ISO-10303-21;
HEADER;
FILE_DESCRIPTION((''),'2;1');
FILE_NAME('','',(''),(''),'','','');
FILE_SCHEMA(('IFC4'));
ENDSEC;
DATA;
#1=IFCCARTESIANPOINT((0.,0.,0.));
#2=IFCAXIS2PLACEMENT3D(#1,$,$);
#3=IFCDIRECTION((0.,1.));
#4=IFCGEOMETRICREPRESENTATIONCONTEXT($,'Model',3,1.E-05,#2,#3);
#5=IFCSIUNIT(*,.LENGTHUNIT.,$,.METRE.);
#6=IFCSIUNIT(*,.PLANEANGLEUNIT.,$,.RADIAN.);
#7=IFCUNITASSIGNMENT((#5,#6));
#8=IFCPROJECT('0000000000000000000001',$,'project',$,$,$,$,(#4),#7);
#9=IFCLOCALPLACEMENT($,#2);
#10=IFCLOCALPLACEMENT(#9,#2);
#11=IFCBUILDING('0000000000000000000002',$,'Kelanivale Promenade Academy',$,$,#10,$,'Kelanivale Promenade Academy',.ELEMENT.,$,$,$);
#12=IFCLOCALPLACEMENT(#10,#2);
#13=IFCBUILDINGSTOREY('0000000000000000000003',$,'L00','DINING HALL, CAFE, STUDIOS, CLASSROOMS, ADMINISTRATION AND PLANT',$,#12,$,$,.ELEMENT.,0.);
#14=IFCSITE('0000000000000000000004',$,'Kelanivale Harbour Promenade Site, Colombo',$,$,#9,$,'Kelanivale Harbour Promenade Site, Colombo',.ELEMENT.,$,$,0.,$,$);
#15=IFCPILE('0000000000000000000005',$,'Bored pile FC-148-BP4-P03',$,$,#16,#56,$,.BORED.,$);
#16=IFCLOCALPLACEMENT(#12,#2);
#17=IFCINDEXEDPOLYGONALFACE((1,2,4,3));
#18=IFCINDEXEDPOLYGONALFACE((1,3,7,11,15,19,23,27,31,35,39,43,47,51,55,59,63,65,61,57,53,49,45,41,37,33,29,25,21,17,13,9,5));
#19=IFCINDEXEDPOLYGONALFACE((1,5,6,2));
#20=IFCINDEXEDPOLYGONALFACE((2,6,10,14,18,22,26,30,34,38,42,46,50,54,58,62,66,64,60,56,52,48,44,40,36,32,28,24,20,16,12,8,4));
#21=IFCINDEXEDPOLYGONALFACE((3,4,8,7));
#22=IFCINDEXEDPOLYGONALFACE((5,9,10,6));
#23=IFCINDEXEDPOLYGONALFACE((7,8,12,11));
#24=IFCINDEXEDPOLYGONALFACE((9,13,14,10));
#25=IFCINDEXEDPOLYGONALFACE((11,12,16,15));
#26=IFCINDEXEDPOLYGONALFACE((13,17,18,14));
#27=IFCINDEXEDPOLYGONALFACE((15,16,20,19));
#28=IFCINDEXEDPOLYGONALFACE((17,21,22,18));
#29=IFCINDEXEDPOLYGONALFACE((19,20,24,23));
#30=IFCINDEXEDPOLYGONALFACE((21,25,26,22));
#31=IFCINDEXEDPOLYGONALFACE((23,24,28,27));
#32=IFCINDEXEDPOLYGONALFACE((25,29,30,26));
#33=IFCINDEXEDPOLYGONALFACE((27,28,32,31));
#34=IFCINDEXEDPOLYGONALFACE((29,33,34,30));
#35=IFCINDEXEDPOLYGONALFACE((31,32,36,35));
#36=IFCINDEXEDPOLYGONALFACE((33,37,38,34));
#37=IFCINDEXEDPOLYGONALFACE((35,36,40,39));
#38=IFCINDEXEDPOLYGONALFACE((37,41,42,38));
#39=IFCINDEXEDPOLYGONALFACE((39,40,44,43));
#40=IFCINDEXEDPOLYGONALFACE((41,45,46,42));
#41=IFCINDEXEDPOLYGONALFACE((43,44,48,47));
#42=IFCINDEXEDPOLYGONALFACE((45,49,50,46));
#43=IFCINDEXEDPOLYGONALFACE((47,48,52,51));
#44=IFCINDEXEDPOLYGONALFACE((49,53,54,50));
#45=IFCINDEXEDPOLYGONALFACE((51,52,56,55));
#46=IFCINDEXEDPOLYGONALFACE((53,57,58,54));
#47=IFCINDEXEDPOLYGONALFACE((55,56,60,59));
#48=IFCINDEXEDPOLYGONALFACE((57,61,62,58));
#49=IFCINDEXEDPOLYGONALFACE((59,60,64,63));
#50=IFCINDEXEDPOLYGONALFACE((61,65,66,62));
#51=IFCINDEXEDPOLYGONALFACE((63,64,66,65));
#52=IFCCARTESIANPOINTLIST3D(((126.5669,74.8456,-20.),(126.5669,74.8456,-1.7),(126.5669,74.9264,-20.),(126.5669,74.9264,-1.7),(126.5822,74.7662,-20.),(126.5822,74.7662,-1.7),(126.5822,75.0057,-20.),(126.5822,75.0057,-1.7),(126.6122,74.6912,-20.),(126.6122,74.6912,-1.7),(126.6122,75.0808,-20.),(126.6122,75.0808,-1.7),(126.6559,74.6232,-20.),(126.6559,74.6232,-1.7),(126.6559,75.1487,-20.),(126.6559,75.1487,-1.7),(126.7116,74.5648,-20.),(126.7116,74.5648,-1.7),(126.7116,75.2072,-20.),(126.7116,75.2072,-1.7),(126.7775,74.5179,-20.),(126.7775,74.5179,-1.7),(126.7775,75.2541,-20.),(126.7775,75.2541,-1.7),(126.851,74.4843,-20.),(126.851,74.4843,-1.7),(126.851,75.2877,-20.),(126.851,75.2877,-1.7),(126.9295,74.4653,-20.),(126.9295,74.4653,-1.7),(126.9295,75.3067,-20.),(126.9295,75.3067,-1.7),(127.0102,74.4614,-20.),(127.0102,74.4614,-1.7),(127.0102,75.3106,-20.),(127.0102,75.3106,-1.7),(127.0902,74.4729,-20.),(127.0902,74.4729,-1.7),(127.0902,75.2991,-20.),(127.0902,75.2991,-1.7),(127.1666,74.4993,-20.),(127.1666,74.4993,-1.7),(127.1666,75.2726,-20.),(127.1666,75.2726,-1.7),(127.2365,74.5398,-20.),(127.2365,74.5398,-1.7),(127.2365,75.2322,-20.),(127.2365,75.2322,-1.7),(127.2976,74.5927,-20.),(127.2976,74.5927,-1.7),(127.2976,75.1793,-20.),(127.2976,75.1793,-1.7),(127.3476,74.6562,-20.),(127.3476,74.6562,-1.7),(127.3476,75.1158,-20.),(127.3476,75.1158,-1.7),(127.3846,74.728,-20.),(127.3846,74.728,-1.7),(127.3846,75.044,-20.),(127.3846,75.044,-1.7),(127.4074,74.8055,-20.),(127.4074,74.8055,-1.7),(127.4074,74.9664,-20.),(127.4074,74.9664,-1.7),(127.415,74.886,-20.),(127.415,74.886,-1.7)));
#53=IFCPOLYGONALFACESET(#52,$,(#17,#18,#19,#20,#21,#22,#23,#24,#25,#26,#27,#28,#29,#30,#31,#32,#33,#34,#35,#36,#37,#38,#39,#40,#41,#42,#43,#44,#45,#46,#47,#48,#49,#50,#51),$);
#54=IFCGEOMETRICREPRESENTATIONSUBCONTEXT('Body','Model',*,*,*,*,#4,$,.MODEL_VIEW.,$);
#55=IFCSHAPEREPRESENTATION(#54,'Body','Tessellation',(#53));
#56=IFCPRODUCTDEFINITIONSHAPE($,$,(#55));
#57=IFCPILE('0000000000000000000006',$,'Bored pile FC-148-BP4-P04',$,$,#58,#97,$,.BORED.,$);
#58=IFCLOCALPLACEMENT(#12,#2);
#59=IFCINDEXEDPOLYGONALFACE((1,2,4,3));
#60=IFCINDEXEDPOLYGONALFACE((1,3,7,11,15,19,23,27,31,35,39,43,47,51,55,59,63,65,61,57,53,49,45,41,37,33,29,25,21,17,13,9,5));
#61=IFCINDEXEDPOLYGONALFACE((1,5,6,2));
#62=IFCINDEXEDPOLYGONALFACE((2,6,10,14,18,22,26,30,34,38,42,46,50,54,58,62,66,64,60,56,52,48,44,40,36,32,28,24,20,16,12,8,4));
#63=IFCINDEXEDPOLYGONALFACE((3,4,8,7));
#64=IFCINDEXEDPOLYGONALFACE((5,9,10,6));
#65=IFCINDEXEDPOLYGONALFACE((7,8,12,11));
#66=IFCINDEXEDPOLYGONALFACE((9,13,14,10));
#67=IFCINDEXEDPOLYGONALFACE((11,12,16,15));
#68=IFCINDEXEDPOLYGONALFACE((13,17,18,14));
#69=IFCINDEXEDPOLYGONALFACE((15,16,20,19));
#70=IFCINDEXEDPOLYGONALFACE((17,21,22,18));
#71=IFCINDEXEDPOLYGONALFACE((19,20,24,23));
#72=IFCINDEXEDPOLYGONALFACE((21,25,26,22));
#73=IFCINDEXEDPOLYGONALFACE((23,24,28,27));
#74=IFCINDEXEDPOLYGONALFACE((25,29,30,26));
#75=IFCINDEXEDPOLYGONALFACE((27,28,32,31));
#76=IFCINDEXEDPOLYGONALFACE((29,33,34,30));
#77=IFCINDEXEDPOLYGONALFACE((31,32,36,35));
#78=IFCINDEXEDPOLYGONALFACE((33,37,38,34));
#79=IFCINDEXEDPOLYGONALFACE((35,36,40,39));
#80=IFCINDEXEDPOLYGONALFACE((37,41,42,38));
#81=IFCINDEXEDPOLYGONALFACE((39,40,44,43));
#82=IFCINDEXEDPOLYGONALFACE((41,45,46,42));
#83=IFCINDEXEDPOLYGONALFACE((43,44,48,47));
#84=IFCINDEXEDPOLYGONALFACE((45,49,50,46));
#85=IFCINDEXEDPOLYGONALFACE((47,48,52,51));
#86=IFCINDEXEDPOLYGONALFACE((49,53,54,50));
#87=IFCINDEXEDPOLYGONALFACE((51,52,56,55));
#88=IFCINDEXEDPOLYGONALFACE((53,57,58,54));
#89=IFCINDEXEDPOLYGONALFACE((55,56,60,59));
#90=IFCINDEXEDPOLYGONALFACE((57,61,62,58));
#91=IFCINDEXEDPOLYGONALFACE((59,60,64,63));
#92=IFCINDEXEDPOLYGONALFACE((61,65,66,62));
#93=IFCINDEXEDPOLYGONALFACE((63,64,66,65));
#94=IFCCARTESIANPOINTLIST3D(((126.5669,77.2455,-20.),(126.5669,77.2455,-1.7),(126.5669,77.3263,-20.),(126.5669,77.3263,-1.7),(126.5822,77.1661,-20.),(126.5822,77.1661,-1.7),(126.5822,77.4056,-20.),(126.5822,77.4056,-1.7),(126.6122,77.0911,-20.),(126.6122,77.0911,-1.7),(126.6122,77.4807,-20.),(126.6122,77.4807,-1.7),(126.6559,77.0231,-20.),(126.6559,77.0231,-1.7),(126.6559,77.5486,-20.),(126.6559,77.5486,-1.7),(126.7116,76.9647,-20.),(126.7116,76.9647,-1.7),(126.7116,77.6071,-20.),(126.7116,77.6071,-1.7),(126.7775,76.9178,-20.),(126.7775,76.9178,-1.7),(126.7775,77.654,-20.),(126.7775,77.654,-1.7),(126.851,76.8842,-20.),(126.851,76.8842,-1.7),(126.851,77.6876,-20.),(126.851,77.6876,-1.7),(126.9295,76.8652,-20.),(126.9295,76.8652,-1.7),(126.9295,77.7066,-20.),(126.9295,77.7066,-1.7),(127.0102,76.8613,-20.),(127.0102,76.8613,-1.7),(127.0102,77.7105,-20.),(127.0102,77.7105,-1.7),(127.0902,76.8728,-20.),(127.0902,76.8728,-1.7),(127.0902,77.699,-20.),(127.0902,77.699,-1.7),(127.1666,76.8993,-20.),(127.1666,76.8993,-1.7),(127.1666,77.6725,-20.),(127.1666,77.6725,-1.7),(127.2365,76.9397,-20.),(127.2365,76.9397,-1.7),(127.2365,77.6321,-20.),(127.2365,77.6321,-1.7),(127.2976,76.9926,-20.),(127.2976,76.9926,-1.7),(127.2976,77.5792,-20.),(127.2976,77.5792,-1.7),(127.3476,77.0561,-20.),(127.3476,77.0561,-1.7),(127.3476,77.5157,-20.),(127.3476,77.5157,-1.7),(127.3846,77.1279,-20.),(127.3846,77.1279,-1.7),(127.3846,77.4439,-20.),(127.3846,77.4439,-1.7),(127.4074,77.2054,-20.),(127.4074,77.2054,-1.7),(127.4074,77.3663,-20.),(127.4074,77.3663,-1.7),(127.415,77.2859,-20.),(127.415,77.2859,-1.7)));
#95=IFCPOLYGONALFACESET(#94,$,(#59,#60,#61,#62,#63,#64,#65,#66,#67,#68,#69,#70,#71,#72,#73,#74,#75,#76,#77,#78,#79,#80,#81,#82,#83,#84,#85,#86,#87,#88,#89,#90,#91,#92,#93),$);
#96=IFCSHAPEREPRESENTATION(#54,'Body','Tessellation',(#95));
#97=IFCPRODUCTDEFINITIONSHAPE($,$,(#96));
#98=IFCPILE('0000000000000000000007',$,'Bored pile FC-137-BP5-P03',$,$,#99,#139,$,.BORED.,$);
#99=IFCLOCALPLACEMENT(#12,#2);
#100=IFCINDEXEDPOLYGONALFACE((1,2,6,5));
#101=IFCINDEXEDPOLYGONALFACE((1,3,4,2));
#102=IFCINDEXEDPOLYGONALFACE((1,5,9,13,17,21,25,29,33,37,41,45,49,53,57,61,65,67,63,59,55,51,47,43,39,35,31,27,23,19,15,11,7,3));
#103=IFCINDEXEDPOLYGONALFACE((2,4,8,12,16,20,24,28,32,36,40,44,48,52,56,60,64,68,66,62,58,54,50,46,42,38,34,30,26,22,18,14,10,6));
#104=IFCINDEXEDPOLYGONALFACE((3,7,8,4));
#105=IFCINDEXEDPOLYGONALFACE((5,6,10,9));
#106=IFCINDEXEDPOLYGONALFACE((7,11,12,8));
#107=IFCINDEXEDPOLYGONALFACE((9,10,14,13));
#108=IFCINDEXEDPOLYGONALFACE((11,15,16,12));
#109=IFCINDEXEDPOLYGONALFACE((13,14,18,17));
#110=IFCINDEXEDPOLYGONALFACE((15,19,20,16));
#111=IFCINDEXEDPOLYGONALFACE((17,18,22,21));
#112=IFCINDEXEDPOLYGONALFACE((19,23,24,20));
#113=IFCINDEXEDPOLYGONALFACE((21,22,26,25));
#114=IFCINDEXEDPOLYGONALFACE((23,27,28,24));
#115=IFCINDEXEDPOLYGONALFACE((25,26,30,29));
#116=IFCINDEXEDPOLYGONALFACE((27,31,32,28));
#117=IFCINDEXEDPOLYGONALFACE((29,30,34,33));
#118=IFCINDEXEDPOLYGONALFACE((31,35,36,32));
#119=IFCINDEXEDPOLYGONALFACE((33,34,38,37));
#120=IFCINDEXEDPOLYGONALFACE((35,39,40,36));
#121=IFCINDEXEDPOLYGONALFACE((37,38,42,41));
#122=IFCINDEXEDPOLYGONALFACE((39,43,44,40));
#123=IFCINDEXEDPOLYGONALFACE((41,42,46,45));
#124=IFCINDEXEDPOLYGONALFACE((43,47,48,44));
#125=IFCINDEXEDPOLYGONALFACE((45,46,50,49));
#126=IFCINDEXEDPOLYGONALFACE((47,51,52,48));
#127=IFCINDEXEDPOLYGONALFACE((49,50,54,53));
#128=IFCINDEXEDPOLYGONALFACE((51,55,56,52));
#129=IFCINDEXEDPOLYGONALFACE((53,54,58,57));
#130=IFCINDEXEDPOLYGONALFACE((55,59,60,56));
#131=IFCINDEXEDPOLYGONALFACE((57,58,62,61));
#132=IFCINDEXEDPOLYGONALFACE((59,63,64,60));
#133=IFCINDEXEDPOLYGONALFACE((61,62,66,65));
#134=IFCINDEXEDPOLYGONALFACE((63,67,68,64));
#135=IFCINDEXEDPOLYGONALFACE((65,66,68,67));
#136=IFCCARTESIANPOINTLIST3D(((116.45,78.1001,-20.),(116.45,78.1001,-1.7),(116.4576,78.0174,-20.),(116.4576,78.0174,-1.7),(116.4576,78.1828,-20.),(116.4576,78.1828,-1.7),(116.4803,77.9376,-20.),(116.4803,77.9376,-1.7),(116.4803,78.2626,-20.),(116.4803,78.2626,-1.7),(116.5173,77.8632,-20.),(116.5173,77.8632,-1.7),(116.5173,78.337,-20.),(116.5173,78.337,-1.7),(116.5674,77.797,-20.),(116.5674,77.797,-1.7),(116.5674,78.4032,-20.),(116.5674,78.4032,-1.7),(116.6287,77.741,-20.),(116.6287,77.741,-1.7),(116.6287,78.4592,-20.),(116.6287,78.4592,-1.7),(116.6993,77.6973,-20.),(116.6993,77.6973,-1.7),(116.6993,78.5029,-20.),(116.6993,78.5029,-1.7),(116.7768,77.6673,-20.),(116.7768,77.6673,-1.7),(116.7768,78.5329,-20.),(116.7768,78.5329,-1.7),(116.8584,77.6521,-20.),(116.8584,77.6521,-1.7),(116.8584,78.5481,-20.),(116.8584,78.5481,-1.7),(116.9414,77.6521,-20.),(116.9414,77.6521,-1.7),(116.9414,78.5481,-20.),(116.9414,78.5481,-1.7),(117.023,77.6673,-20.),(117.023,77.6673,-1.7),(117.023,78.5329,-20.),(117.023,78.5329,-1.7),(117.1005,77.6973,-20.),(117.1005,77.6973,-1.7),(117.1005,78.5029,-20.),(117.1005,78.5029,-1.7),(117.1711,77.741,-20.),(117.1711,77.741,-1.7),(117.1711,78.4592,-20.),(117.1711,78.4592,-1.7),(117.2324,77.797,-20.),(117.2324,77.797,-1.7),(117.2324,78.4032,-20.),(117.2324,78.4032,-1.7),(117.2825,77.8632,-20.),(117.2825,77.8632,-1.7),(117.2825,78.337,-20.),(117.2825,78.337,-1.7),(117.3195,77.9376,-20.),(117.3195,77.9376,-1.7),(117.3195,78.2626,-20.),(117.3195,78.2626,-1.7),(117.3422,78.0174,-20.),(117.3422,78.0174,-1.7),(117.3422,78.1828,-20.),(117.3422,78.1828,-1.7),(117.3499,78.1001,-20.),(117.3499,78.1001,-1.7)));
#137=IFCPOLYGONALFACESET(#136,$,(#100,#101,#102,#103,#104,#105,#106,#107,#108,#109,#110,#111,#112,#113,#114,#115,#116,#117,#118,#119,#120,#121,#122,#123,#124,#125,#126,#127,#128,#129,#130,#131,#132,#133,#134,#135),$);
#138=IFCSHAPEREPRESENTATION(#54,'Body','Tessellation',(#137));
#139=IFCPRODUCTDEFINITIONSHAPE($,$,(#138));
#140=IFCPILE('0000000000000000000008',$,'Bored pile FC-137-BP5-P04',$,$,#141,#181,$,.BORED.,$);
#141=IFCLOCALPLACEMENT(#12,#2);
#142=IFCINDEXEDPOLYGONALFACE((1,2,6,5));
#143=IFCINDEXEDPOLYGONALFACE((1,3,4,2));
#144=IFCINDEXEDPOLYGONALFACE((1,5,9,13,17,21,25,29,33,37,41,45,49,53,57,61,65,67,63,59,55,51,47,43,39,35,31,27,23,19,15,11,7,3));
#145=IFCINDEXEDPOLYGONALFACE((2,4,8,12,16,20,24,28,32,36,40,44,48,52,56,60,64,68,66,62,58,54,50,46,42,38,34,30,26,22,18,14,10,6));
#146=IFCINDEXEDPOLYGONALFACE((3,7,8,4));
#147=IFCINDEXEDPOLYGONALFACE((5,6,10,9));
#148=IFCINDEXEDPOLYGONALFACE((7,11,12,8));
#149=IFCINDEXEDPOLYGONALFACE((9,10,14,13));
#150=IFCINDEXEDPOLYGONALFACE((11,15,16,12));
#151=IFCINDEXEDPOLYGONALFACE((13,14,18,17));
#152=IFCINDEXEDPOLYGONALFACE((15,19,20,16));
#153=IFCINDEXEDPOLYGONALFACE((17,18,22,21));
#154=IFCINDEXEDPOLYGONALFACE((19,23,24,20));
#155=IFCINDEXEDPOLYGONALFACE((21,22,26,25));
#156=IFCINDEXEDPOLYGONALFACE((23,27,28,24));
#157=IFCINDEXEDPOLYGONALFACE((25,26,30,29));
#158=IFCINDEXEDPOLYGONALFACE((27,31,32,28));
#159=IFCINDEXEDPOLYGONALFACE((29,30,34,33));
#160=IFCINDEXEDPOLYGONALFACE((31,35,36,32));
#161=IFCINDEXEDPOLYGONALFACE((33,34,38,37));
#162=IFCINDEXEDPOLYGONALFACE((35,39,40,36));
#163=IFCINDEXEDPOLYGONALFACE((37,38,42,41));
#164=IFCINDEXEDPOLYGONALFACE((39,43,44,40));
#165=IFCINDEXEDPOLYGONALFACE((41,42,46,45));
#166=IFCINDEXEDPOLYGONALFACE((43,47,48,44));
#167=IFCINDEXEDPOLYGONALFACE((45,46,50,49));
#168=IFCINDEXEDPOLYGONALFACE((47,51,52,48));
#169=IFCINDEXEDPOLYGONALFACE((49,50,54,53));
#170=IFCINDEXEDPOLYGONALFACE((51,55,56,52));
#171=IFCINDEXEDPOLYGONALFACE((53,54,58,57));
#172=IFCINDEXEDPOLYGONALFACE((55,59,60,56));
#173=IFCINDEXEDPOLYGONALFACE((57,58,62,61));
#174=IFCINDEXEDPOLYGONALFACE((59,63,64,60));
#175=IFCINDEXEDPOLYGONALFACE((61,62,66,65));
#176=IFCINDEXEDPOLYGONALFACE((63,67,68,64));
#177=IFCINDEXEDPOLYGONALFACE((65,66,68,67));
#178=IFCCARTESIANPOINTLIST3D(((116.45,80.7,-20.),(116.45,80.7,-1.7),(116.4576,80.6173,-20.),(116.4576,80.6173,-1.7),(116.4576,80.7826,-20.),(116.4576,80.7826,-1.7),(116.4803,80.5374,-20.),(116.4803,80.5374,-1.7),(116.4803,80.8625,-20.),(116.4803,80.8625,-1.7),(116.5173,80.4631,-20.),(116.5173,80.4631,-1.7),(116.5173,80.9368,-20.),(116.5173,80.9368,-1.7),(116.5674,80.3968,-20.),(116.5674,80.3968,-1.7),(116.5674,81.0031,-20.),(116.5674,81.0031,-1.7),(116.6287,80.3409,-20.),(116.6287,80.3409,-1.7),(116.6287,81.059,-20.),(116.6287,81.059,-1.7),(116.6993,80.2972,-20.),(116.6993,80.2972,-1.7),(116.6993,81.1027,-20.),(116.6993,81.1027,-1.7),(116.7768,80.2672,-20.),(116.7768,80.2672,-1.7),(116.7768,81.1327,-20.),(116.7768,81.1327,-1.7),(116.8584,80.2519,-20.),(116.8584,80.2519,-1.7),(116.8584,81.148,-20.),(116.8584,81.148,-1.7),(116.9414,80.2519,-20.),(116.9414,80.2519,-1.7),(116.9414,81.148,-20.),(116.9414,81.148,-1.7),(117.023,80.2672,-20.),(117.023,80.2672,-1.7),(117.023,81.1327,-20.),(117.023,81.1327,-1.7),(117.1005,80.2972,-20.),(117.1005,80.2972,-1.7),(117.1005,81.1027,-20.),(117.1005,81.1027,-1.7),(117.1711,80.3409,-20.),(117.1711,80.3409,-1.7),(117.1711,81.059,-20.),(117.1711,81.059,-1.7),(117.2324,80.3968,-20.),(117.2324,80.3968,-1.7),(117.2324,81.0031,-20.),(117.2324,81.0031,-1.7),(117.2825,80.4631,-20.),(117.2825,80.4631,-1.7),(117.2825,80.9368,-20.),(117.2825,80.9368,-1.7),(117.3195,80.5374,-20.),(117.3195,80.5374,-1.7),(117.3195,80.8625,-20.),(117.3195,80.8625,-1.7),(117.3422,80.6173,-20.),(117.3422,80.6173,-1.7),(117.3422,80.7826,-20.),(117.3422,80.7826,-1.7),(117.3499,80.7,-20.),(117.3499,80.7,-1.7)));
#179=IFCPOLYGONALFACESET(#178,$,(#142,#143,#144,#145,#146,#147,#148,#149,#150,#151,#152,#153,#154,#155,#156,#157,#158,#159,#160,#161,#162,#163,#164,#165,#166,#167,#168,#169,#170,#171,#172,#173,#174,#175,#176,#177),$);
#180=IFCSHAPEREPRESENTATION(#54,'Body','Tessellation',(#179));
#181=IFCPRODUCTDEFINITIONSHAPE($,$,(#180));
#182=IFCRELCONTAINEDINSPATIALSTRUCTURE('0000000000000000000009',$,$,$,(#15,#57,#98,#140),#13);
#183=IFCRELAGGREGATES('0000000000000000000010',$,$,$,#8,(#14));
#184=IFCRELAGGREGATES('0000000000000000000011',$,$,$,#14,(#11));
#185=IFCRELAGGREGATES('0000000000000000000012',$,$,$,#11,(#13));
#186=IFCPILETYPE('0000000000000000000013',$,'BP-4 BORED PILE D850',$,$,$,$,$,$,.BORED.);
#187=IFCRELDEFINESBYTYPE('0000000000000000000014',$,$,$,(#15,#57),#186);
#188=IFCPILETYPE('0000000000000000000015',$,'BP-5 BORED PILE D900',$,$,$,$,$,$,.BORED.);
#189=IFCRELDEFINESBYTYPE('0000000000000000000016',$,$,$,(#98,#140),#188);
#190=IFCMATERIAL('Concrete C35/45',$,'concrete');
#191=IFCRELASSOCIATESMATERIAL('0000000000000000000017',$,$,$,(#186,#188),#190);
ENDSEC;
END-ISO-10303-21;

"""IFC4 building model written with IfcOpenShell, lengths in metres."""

from ifc_helpers import new_model, si_unit, direction, frame, origin, origin_2d, place, context, subcontext, project, spatial, circle, extrude, material, material_profile, profile_set, type_object, element, save


model = new_model("IFC4")

# Units and contexts
model_context = context("Model", 3, precision=1e-05, world=origin(), true_north=direction((0.0, 1.0)))
body_context = subcontext(model_context, "Body", "Model", "MODEL_VIEW")
ifc_project = project(units=[si_unit("LENGTHUNIT", "METRE"), si_unit("PLANEANGLEUNIT", "RADIAN")], contexts=[model_context])

# Site, building, storey
site_placement = place(None, origin())
site = spatial("IfcSite", under=ifc_project, at=site_placement, Name="Kelanivale Harbour Promenade Site, Colombo", LongName="Kelanivale Harbour Promenade Site, Colombo", CompositionType="ELEMENT", RefElevation=0.0)
building_placement = place(site_placement, origin())
building = spatial("IfcBuilding", under=site, at=building_placement, Name="Kelanivale Promenade Academy", LongName="Kelanivale Promenade Academy", CompositionType="ELEMENT")
storey_placement = place(building_placement, origin())
storey = spatial("IfcBuildingStorey", under=building, at=storey_placement, Name="L00", Description="DINING HALL, CAFE, STUDIOS, CLASSROOMS, ADMINISTRATION AND PLANT", CompositionType="ELEMENT", Elevation=0.0)

# Piles
ifc_material_1 = material(Name="Concrete C35/45", Category="concrete")
ifc_material_profile_1 = material_profile(ifc_material_1, circle(Radius=0.425, at=origin_2d()), Name="BORED PILE D850")
ifc_profile_set_1 = profile_set([ifc_material_profile_1], Name="Concrete C35/45")
pile_type_1 = type_object("IfcPileType", Name="BP-4 BORED PILE D850", PredefinedType="BORED", material=ifc_profile_set_1)
for number, where, z_axis, x_axis, name in (
    (1, (126.99, 74.886, -1.7), (0.0, 0.0, -1.0), (1.0, 0.0, 0.0), "Bored pile FC-148-BP4-P03"),
    (2, (126.99, 77.2859, -1.7), (0.0, 0.0, -1.0), (1.0, 0.0, 0.0), "Bored pile FC-148-BP4-P04"),
):
    element("IfcPile", number, at=place(storey_placement, frame(where, z_axis=z_axis, x_axis=x_axis)), inside=storey, type_object=pile_type_1, Name=name, PredefinedType="BORED", context=body_context, shape_type="SweptSolid", body=[
        extrude(circle(Radius=0.425, at=origin_2d()), origin(), (0.0, 0.0, 1.0), 18.3),
    ])
ifc_material_profile_2 = material_profile(ifc_material_1, circle(Radius=0.45, at=origin_2d()), Name="BORED PILE D900")
ifc_profile_set_2 = profile_set([ifc_material_profile_2], Name="Concrete C35/45")
pile_type_2 = type_object("IfcPileType", Name="BP-5 BORED PILE D900", PredefinedType="BORED", material=ifc_profile_set_2)
for number, where, z_axis, x_axis, name in (
    (3, (116.8999, 78.1001, -1.7), (0.0, 0.0, -1.0), (1.0, 0.0, 0.0), "Bored pile FC-137-BP5-P03"),
    (4, (116.8999, 80.7, -1.7), (0.0, 0.0, -1.0), (1.0, 0.0, 0.0), "Bored pile FC-137-BP5-P04"),
):
    element("IfcPile", number, at=place(storey_placement, frame(where, z_axis=z_axis, x_axis=x_axis)), inside=storey, type_object=pile_type_2, Name=name, PredefinedType="BORED", context=body_context, shape_type="SweptSolid", body=[
        extrude(circle(Radius=0.45, at=origin_2d()), origin(), (0.0, 0.0, 1.0), 18.3),
    ])

save(model, "model.ifc")
